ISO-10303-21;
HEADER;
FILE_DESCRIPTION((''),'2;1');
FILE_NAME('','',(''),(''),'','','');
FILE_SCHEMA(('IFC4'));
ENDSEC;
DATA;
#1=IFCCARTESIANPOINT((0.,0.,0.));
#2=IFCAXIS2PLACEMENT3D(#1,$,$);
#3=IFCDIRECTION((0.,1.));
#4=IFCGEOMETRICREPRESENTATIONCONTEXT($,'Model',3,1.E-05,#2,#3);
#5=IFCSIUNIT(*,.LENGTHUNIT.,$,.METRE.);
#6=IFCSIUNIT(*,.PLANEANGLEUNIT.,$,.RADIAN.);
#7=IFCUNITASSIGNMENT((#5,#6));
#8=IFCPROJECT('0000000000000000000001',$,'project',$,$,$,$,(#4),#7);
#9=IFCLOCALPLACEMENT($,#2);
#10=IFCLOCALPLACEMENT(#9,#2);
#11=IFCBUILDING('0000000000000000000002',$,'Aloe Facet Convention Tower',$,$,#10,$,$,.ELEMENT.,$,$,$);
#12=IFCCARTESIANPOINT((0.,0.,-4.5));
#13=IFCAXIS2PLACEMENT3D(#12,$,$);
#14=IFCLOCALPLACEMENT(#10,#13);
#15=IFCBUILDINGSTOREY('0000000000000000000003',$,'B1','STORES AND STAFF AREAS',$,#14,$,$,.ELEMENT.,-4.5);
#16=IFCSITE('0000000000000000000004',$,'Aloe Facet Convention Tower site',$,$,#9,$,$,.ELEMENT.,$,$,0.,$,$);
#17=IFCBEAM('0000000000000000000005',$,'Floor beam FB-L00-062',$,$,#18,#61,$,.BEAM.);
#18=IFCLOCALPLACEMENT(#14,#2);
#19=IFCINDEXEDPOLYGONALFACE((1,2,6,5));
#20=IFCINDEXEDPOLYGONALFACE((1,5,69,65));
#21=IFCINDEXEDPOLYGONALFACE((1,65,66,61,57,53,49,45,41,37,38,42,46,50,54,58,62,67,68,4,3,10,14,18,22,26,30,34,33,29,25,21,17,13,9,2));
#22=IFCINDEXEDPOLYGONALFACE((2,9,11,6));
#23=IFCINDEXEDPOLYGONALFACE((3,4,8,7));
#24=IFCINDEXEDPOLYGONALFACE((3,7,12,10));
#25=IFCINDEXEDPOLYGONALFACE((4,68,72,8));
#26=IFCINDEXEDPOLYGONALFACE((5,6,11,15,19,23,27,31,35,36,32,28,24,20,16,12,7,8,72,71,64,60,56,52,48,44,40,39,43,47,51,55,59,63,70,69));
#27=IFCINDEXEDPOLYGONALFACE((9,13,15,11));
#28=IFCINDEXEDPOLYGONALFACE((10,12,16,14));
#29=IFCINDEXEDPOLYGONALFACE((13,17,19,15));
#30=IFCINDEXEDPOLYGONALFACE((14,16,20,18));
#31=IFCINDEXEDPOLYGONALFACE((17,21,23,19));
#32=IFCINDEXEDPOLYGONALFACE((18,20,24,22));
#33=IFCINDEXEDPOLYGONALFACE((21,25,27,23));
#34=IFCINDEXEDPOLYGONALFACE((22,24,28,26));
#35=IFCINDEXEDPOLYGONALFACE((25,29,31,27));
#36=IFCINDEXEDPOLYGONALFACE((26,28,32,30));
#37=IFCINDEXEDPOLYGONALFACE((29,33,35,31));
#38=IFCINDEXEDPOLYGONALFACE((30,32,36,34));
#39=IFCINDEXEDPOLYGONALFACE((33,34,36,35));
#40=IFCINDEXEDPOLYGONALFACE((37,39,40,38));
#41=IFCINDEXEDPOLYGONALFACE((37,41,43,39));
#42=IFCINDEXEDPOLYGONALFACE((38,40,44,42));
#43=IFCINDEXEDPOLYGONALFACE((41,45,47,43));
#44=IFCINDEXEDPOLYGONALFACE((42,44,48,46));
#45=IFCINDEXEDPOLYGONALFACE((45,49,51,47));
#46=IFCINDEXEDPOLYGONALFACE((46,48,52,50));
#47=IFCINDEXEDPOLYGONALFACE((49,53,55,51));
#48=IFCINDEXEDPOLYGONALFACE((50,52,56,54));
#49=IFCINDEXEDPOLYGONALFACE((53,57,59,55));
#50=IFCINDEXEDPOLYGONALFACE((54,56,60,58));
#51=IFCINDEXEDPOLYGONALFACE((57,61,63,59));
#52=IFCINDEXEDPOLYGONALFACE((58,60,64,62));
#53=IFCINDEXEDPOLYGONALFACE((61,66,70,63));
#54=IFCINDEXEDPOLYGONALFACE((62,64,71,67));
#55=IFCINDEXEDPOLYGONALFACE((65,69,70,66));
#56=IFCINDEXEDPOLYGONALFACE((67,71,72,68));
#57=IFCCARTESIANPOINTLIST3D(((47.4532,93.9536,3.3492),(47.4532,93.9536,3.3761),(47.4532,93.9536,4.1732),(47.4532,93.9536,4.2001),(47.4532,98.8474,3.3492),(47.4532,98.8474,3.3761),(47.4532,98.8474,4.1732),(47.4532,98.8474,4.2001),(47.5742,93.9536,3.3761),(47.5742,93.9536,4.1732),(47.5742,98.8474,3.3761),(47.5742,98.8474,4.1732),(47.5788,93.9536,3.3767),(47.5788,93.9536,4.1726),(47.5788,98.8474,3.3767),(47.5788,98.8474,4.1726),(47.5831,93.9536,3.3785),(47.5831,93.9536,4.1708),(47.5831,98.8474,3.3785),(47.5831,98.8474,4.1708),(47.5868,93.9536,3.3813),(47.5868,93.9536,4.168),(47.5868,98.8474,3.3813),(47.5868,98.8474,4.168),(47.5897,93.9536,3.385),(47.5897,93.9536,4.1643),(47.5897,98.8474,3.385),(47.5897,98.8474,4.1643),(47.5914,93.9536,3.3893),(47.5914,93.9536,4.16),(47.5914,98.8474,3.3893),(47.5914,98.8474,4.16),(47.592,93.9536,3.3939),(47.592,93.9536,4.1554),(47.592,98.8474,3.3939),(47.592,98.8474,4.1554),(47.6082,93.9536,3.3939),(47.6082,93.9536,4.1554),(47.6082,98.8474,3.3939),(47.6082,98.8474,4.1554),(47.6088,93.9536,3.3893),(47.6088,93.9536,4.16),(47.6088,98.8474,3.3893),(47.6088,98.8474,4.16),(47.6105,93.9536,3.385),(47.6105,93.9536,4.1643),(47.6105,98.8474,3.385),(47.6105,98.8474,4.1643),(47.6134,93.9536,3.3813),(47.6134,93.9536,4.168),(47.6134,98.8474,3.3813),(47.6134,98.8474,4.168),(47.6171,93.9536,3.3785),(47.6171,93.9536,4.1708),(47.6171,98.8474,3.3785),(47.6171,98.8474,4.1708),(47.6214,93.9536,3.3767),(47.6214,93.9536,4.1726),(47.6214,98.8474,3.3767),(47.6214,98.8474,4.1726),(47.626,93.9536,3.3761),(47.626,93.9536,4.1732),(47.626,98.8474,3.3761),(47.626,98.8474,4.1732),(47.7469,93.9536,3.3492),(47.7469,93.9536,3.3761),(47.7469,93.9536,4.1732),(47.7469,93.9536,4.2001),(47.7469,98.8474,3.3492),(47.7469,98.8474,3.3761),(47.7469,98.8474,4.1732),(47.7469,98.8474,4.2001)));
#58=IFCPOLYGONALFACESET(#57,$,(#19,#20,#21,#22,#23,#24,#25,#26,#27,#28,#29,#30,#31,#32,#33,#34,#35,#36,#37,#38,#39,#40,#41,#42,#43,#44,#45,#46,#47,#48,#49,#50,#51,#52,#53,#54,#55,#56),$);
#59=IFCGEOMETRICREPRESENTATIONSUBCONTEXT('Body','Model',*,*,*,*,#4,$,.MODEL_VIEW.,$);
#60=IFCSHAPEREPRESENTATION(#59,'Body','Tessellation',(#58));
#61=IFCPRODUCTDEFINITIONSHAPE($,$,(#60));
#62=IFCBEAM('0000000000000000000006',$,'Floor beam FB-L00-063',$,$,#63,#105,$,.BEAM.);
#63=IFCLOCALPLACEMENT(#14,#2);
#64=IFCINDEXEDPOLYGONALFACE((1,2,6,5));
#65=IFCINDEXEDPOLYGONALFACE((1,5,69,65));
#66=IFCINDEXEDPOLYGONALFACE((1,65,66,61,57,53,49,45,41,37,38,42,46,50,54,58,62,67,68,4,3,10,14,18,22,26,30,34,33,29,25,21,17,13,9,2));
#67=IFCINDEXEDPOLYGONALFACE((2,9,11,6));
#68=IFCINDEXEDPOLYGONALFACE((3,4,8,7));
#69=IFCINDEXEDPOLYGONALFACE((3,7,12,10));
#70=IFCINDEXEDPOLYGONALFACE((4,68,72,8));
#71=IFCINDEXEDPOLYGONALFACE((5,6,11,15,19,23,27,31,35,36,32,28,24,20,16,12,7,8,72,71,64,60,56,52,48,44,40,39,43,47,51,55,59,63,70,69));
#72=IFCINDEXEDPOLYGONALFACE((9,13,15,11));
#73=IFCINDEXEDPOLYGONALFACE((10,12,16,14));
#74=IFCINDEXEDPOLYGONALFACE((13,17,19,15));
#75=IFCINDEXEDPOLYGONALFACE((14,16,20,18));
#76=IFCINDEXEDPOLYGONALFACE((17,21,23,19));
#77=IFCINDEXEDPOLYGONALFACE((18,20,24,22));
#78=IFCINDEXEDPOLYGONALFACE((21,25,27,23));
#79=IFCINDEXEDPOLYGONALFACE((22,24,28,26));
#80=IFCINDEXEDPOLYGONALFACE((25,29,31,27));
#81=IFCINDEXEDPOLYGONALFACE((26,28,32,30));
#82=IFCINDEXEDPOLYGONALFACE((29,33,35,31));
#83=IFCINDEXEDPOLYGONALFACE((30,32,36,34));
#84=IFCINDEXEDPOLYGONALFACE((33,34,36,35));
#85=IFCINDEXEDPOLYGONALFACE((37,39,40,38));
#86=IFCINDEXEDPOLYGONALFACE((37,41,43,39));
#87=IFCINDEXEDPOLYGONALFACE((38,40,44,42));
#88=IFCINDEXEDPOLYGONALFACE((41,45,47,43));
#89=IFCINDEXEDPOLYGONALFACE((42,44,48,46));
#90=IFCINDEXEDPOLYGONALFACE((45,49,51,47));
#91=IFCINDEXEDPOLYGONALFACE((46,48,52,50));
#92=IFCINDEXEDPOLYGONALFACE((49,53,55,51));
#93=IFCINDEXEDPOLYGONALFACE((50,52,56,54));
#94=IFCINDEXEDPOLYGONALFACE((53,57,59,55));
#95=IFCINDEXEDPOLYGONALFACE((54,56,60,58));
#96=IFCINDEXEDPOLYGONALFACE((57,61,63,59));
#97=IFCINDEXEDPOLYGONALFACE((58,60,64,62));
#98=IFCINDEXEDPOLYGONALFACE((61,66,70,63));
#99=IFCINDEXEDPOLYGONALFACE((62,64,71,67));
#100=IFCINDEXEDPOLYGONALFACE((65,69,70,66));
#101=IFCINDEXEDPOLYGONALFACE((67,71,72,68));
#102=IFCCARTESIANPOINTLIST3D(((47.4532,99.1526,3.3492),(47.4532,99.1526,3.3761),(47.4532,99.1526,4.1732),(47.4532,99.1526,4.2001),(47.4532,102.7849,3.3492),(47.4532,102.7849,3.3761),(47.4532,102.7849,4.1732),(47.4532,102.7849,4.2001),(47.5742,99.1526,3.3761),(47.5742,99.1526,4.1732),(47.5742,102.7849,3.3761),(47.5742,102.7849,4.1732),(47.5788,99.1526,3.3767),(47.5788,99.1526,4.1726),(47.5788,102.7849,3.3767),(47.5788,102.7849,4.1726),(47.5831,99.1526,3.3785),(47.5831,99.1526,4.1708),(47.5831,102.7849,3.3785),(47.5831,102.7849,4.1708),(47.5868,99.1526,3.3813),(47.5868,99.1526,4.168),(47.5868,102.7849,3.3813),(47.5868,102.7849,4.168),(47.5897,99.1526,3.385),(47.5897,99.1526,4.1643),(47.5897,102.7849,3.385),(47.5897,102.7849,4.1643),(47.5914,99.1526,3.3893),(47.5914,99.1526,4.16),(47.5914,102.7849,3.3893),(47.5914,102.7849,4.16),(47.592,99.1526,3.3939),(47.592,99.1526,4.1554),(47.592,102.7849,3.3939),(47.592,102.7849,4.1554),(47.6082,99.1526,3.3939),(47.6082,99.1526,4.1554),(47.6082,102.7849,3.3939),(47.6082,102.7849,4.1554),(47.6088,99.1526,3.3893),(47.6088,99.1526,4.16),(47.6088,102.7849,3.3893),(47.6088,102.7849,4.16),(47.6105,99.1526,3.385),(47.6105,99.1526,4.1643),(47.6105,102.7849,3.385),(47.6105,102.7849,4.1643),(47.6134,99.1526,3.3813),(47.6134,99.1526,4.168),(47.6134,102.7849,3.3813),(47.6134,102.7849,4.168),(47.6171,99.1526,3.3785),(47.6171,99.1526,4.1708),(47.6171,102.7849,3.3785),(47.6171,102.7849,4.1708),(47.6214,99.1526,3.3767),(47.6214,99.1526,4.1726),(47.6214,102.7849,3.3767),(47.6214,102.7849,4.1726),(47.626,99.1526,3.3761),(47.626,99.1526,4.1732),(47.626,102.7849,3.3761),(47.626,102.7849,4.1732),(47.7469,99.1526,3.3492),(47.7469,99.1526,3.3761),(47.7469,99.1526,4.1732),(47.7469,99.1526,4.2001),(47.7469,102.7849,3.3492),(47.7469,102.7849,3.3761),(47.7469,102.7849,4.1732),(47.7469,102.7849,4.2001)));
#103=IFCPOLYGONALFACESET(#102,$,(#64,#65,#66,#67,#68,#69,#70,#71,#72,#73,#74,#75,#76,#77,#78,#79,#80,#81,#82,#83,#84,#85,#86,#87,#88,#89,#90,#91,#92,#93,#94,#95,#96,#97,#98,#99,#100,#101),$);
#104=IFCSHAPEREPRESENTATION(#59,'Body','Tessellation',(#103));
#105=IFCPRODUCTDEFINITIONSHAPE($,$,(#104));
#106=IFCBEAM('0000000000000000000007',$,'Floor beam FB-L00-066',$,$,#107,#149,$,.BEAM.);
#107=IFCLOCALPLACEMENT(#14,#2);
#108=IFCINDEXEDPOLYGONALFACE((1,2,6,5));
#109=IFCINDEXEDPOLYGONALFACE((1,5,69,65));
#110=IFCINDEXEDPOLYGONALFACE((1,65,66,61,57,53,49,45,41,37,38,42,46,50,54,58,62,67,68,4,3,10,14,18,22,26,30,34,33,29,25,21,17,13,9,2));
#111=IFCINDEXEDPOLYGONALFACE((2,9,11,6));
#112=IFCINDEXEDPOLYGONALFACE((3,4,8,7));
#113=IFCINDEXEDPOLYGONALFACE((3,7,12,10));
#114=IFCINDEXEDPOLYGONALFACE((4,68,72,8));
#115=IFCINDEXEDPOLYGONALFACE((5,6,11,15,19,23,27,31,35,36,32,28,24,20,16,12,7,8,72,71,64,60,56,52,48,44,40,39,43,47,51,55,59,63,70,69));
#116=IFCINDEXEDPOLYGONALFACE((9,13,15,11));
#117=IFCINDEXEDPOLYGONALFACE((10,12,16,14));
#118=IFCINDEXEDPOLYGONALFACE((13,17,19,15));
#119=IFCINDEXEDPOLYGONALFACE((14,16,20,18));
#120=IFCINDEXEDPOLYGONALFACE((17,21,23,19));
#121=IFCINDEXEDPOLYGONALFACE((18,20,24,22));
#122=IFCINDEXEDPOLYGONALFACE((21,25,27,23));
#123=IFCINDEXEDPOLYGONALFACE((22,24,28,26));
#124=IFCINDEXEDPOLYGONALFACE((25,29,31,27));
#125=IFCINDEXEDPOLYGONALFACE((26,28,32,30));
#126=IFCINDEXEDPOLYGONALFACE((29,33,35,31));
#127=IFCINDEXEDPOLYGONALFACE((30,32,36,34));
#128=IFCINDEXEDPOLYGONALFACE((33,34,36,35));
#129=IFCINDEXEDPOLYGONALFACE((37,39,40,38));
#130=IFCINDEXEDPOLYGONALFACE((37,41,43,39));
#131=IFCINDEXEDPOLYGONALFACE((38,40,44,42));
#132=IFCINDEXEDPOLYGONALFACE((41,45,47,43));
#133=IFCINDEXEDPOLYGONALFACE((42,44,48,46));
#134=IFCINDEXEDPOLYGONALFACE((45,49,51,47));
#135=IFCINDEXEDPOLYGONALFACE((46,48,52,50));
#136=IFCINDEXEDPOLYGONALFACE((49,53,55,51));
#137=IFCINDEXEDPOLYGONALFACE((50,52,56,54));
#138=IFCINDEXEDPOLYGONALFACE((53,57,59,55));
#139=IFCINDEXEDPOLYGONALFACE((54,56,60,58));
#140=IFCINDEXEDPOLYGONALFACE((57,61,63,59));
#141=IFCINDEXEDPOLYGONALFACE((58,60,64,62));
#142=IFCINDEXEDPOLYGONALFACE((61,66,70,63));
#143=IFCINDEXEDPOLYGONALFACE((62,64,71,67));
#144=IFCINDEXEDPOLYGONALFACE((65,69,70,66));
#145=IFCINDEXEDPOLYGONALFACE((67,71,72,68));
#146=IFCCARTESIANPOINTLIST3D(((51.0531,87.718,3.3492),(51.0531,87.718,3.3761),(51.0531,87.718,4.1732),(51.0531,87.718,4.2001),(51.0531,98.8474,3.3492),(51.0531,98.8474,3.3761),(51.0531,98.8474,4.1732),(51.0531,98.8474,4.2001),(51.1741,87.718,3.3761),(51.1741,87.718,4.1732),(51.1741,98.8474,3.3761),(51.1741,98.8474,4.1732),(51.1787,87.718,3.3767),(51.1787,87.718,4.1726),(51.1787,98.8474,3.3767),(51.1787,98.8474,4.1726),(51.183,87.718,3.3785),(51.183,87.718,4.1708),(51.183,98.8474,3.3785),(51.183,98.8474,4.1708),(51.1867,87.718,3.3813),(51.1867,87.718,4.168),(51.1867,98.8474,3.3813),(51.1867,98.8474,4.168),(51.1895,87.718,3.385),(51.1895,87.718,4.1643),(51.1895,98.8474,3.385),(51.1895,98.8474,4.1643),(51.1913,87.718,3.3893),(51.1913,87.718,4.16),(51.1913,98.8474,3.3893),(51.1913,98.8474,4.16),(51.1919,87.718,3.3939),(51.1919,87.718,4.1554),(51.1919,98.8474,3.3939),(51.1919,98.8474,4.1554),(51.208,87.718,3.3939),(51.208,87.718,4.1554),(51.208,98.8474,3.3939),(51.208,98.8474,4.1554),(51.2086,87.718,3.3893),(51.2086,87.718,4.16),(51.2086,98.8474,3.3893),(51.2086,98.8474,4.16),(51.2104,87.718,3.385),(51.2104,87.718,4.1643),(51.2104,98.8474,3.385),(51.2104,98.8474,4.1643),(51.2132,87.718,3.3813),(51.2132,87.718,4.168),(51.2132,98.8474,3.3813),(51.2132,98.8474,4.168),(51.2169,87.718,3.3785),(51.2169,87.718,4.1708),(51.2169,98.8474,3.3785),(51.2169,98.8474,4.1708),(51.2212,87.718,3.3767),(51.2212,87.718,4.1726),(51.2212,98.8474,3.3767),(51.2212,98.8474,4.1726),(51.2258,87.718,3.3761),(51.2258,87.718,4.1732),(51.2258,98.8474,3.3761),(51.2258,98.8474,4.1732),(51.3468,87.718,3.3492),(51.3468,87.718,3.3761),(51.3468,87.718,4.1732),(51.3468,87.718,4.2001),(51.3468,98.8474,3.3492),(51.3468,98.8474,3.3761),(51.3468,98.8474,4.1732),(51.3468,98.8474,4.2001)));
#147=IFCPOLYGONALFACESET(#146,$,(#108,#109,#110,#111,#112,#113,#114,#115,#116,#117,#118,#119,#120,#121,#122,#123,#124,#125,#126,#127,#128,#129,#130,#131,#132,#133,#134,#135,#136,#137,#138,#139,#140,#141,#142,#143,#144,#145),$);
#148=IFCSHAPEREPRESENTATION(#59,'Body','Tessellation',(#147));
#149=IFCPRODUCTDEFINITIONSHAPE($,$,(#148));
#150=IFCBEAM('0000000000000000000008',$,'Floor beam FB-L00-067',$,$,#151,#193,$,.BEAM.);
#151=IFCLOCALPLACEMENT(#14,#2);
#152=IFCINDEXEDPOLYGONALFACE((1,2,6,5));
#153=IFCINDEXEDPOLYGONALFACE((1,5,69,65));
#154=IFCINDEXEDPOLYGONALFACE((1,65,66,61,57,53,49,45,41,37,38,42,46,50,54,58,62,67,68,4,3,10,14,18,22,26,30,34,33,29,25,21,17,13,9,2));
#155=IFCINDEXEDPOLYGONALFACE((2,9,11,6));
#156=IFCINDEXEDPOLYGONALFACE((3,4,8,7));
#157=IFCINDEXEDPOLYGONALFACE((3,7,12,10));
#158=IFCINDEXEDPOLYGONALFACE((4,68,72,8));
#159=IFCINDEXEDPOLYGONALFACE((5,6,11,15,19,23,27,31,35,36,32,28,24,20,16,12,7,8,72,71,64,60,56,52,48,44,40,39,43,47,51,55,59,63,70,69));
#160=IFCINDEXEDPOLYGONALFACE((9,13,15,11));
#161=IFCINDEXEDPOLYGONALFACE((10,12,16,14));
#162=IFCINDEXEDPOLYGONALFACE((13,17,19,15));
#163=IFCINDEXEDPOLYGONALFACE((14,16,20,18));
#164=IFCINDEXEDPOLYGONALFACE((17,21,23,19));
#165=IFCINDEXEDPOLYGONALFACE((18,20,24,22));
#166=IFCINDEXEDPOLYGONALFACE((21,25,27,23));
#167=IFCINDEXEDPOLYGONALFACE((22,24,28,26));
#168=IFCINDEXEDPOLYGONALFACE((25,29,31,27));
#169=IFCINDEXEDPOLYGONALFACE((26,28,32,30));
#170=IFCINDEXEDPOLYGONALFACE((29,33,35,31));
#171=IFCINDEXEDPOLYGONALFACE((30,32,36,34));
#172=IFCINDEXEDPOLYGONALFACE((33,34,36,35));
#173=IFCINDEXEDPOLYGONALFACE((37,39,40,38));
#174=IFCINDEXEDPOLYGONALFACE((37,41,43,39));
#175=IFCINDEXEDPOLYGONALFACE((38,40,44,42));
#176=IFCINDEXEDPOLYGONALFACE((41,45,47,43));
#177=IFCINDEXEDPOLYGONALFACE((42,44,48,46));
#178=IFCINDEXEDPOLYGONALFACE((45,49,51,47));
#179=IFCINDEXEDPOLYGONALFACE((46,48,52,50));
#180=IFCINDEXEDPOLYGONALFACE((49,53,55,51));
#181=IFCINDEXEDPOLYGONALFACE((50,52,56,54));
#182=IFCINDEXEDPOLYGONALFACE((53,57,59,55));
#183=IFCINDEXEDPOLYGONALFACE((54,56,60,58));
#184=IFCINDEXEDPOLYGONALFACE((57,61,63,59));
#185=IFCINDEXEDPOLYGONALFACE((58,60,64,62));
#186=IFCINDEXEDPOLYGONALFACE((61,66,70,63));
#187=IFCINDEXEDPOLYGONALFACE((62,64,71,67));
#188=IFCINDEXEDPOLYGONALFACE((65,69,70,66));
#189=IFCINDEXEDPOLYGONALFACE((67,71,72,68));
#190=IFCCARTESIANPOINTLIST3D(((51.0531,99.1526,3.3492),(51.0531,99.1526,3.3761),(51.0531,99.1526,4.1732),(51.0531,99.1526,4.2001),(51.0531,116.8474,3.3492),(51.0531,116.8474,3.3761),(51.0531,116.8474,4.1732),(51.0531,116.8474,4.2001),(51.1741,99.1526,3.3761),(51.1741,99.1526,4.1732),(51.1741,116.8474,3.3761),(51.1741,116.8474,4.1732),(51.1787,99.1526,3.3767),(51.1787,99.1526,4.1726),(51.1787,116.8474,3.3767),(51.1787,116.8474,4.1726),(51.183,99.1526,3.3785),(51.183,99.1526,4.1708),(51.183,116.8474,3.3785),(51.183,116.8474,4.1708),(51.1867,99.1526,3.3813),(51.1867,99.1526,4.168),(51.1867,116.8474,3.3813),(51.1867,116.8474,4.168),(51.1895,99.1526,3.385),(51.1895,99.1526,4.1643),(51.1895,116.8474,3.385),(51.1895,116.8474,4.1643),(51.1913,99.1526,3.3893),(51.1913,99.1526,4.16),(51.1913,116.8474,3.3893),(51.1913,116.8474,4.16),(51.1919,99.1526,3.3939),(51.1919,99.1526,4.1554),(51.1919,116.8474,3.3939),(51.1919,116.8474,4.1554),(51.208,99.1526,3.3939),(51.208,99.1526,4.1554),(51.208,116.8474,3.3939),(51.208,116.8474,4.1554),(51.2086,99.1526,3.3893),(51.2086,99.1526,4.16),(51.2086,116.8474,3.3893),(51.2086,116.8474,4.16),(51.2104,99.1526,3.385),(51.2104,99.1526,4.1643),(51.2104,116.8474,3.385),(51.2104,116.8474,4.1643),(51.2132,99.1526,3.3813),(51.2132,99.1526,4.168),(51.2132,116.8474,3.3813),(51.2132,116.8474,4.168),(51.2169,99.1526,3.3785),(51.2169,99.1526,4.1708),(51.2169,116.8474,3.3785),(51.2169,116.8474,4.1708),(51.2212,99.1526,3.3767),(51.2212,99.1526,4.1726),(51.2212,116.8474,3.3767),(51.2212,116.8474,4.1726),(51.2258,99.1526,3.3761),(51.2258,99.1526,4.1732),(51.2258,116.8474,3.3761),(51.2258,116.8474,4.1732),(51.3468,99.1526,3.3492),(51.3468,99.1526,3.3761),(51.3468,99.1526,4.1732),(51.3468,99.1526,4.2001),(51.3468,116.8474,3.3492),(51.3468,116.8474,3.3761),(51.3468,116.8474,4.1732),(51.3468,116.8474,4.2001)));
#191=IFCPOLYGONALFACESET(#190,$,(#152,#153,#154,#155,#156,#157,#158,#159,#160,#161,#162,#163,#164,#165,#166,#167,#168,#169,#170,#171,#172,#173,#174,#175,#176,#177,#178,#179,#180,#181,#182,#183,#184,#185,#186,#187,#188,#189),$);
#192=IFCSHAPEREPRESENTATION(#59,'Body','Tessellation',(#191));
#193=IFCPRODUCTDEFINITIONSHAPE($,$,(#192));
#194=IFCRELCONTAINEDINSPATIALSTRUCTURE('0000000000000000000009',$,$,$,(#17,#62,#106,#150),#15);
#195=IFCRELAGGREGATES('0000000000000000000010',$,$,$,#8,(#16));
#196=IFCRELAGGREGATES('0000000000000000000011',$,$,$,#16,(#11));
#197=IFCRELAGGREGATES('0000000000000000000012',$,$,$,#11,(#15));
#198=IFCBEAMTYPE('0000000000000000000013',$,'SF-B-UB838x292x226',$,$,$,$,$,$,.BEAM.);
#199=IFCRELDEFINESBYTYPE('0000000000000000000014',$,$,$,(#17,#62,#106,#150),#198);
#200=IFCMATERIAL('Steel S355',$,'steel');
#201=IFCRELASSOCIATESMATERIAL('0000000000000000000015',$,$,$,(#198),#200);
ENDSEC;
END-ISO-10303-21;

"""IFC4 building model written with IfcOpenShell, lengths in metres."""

from ifc_helpers import new_model, si_unit, direction, frame, origin, origin_2d, place, context, subcontext, project, spatial, i_section, extrude, material, material_profile, profile_set, type_object, element, save


model = new_model("IFC4")

# Units and contexts
model_context = context("Model", 3, precision=1e-05, world=origin(), true_north=direction((0.0, 1.0)))
body_context = subcontext(model_context, "Body", "Model", "MODEL_VIEW")
ifc_project = project(units=[si_unit("LENGTHUNIT", "METRE"), si_unit("PLANEANGLEUNIT", "RADIAN")], contexts=[model_context])

# Site, building, storey
site_placement = place(None, origin())
site = spatial("IfcSite", under=ifc_project, at=site_placement, Name="Aloe Facet Convention Tower site", CompositionType="ELEMENT", RefElevation=0.0)
building_placement = place(site_placement, origin())
building = spatial("IfcBuilding", under=site, at=building_placement, Name="Aloe Facet Convention Tower", CompositionType="ELEMENT")
storey_placement = place(building_placement, frame((0.0, 0.0, -4.5)))
storey = spatial("IfcBuildingStorey", under=building, at=storey_placement, Name="B1", Description="STORES AND STAFF AREAS", CompositionType="ELEMENT", Elevation=-4.5)

# Beams
ifc_material_1 = material(Name="Steel S355", Category="steel")
ifc_material_profile_1 = material_profile(ifc_material_1, i_section(OverallWidth=0.2937, OverallDepth=0.8508, WebThickness=0.0161, FlangeThickness=0.0269, FilletRadius=0.0178, at=origin_2d()), Name="UB 838x292x226")
ifc_profile_set_1 = profile_set([ifc_material_profile_1], Name="Steel S355")
beam_type_1 = type_object("IfcBeamType", Name="SF-B-UB838x292x226", PredefinedType="BEAM", material=ifc_profile_set_1)
beam_1_placement = place(storey_placement, frame((47.6001, 93.9536, 3.7747), z_axis=(0.0, 1.0, 0.0), x_axis=(-1.0, 0.0, 0.0)))
element("IfcBeam", 1, at=beam_1_placement, inside=storey, type_object=beam_type_1, Name="Floor beam FB-L00-062", PredefinedType="BEAM", context=body_context, shape_type="SweptSolid", body=[
    extrude(i_section(OverallWidth=0.2937, OverallDepth=0.8508, WebThickness=0.0161, FlangeThickness=0.0269, FilletRadius=0.0178, at=origin_2d()), origin(), (0.0, 0.0, 1.0), 4.8938),
])
beam_2_placement = place(storey_placement, frame((47.6001, 99.1526, 3.7747), z_axis=(0.0, 1.0, 0.0), x_axis=(-1.0, 0.0, 0.0)))
element("IfcBeam", 2, at=beam_2_placement, inside=storey, type_object=beam_type_1, Name="Floor beam FB-L00-063", PredefinedType="BEAM", context=body_context, shape_type="SweptSolid", body=[
    extrude(i_section(OverallWidth=0.2937, OverallDepth=0.8508, WebThickness=0.0161, FlangeThickness=0.0269, FilletRadius=0.0178, at=origin_2d()), origin(), (0.0, 0.0, 1.0), 3.6323),
])
beam_3_placement = place(storey_placement, frame((51.2, 87.718, 3.7747), z_axis=(0.0, 1.0, 0.0), x_axis=(-1.0, 0.0, 0.0)))
element("IfcBeam", 3, at=beam_3_placement, inside=storey, type_object=beam_type_1, Name="Floor beam FB-L00-066", PredefinedType="BEAM", context=body_context, shape_type="SweptSolid", body=[
    extrude(i_section(OverallWidth=0.2937, OverallDepth=0.8508, WebThickness=0.0161, FlangeThickness=0.0269, FilletRadius=0.0178, at=origin_2d()), origin(), (0.0, 0.0, 1.0), 11.1294),
])
beam_4_placement = place(storey_placement, frame((51.2, 99.1526, 3.7747), z_axis=(0.0, 1.0, 0.0), x_axis=(-1.0, 0.0, 0.0)))
element("IfcBeam", 4, at=beam_4_placement, inside=storey, type_object=beam_type_1, Name="Floor beam FB-L00-067", PredefinedType="BEAM", context=body_context, shape_type="SweptSolid", body=[
    extrude(i_section(OverallWidth=0.2937, OverallDepth=0.8508, WebThickness=0.0161, FlangeThickness=0.0269, FilletRadius=0.0178, at=origin_2d()), origin(), (0.0, 0.0, 1.0), 17.6948),
])

save(model, "model.ifc")
